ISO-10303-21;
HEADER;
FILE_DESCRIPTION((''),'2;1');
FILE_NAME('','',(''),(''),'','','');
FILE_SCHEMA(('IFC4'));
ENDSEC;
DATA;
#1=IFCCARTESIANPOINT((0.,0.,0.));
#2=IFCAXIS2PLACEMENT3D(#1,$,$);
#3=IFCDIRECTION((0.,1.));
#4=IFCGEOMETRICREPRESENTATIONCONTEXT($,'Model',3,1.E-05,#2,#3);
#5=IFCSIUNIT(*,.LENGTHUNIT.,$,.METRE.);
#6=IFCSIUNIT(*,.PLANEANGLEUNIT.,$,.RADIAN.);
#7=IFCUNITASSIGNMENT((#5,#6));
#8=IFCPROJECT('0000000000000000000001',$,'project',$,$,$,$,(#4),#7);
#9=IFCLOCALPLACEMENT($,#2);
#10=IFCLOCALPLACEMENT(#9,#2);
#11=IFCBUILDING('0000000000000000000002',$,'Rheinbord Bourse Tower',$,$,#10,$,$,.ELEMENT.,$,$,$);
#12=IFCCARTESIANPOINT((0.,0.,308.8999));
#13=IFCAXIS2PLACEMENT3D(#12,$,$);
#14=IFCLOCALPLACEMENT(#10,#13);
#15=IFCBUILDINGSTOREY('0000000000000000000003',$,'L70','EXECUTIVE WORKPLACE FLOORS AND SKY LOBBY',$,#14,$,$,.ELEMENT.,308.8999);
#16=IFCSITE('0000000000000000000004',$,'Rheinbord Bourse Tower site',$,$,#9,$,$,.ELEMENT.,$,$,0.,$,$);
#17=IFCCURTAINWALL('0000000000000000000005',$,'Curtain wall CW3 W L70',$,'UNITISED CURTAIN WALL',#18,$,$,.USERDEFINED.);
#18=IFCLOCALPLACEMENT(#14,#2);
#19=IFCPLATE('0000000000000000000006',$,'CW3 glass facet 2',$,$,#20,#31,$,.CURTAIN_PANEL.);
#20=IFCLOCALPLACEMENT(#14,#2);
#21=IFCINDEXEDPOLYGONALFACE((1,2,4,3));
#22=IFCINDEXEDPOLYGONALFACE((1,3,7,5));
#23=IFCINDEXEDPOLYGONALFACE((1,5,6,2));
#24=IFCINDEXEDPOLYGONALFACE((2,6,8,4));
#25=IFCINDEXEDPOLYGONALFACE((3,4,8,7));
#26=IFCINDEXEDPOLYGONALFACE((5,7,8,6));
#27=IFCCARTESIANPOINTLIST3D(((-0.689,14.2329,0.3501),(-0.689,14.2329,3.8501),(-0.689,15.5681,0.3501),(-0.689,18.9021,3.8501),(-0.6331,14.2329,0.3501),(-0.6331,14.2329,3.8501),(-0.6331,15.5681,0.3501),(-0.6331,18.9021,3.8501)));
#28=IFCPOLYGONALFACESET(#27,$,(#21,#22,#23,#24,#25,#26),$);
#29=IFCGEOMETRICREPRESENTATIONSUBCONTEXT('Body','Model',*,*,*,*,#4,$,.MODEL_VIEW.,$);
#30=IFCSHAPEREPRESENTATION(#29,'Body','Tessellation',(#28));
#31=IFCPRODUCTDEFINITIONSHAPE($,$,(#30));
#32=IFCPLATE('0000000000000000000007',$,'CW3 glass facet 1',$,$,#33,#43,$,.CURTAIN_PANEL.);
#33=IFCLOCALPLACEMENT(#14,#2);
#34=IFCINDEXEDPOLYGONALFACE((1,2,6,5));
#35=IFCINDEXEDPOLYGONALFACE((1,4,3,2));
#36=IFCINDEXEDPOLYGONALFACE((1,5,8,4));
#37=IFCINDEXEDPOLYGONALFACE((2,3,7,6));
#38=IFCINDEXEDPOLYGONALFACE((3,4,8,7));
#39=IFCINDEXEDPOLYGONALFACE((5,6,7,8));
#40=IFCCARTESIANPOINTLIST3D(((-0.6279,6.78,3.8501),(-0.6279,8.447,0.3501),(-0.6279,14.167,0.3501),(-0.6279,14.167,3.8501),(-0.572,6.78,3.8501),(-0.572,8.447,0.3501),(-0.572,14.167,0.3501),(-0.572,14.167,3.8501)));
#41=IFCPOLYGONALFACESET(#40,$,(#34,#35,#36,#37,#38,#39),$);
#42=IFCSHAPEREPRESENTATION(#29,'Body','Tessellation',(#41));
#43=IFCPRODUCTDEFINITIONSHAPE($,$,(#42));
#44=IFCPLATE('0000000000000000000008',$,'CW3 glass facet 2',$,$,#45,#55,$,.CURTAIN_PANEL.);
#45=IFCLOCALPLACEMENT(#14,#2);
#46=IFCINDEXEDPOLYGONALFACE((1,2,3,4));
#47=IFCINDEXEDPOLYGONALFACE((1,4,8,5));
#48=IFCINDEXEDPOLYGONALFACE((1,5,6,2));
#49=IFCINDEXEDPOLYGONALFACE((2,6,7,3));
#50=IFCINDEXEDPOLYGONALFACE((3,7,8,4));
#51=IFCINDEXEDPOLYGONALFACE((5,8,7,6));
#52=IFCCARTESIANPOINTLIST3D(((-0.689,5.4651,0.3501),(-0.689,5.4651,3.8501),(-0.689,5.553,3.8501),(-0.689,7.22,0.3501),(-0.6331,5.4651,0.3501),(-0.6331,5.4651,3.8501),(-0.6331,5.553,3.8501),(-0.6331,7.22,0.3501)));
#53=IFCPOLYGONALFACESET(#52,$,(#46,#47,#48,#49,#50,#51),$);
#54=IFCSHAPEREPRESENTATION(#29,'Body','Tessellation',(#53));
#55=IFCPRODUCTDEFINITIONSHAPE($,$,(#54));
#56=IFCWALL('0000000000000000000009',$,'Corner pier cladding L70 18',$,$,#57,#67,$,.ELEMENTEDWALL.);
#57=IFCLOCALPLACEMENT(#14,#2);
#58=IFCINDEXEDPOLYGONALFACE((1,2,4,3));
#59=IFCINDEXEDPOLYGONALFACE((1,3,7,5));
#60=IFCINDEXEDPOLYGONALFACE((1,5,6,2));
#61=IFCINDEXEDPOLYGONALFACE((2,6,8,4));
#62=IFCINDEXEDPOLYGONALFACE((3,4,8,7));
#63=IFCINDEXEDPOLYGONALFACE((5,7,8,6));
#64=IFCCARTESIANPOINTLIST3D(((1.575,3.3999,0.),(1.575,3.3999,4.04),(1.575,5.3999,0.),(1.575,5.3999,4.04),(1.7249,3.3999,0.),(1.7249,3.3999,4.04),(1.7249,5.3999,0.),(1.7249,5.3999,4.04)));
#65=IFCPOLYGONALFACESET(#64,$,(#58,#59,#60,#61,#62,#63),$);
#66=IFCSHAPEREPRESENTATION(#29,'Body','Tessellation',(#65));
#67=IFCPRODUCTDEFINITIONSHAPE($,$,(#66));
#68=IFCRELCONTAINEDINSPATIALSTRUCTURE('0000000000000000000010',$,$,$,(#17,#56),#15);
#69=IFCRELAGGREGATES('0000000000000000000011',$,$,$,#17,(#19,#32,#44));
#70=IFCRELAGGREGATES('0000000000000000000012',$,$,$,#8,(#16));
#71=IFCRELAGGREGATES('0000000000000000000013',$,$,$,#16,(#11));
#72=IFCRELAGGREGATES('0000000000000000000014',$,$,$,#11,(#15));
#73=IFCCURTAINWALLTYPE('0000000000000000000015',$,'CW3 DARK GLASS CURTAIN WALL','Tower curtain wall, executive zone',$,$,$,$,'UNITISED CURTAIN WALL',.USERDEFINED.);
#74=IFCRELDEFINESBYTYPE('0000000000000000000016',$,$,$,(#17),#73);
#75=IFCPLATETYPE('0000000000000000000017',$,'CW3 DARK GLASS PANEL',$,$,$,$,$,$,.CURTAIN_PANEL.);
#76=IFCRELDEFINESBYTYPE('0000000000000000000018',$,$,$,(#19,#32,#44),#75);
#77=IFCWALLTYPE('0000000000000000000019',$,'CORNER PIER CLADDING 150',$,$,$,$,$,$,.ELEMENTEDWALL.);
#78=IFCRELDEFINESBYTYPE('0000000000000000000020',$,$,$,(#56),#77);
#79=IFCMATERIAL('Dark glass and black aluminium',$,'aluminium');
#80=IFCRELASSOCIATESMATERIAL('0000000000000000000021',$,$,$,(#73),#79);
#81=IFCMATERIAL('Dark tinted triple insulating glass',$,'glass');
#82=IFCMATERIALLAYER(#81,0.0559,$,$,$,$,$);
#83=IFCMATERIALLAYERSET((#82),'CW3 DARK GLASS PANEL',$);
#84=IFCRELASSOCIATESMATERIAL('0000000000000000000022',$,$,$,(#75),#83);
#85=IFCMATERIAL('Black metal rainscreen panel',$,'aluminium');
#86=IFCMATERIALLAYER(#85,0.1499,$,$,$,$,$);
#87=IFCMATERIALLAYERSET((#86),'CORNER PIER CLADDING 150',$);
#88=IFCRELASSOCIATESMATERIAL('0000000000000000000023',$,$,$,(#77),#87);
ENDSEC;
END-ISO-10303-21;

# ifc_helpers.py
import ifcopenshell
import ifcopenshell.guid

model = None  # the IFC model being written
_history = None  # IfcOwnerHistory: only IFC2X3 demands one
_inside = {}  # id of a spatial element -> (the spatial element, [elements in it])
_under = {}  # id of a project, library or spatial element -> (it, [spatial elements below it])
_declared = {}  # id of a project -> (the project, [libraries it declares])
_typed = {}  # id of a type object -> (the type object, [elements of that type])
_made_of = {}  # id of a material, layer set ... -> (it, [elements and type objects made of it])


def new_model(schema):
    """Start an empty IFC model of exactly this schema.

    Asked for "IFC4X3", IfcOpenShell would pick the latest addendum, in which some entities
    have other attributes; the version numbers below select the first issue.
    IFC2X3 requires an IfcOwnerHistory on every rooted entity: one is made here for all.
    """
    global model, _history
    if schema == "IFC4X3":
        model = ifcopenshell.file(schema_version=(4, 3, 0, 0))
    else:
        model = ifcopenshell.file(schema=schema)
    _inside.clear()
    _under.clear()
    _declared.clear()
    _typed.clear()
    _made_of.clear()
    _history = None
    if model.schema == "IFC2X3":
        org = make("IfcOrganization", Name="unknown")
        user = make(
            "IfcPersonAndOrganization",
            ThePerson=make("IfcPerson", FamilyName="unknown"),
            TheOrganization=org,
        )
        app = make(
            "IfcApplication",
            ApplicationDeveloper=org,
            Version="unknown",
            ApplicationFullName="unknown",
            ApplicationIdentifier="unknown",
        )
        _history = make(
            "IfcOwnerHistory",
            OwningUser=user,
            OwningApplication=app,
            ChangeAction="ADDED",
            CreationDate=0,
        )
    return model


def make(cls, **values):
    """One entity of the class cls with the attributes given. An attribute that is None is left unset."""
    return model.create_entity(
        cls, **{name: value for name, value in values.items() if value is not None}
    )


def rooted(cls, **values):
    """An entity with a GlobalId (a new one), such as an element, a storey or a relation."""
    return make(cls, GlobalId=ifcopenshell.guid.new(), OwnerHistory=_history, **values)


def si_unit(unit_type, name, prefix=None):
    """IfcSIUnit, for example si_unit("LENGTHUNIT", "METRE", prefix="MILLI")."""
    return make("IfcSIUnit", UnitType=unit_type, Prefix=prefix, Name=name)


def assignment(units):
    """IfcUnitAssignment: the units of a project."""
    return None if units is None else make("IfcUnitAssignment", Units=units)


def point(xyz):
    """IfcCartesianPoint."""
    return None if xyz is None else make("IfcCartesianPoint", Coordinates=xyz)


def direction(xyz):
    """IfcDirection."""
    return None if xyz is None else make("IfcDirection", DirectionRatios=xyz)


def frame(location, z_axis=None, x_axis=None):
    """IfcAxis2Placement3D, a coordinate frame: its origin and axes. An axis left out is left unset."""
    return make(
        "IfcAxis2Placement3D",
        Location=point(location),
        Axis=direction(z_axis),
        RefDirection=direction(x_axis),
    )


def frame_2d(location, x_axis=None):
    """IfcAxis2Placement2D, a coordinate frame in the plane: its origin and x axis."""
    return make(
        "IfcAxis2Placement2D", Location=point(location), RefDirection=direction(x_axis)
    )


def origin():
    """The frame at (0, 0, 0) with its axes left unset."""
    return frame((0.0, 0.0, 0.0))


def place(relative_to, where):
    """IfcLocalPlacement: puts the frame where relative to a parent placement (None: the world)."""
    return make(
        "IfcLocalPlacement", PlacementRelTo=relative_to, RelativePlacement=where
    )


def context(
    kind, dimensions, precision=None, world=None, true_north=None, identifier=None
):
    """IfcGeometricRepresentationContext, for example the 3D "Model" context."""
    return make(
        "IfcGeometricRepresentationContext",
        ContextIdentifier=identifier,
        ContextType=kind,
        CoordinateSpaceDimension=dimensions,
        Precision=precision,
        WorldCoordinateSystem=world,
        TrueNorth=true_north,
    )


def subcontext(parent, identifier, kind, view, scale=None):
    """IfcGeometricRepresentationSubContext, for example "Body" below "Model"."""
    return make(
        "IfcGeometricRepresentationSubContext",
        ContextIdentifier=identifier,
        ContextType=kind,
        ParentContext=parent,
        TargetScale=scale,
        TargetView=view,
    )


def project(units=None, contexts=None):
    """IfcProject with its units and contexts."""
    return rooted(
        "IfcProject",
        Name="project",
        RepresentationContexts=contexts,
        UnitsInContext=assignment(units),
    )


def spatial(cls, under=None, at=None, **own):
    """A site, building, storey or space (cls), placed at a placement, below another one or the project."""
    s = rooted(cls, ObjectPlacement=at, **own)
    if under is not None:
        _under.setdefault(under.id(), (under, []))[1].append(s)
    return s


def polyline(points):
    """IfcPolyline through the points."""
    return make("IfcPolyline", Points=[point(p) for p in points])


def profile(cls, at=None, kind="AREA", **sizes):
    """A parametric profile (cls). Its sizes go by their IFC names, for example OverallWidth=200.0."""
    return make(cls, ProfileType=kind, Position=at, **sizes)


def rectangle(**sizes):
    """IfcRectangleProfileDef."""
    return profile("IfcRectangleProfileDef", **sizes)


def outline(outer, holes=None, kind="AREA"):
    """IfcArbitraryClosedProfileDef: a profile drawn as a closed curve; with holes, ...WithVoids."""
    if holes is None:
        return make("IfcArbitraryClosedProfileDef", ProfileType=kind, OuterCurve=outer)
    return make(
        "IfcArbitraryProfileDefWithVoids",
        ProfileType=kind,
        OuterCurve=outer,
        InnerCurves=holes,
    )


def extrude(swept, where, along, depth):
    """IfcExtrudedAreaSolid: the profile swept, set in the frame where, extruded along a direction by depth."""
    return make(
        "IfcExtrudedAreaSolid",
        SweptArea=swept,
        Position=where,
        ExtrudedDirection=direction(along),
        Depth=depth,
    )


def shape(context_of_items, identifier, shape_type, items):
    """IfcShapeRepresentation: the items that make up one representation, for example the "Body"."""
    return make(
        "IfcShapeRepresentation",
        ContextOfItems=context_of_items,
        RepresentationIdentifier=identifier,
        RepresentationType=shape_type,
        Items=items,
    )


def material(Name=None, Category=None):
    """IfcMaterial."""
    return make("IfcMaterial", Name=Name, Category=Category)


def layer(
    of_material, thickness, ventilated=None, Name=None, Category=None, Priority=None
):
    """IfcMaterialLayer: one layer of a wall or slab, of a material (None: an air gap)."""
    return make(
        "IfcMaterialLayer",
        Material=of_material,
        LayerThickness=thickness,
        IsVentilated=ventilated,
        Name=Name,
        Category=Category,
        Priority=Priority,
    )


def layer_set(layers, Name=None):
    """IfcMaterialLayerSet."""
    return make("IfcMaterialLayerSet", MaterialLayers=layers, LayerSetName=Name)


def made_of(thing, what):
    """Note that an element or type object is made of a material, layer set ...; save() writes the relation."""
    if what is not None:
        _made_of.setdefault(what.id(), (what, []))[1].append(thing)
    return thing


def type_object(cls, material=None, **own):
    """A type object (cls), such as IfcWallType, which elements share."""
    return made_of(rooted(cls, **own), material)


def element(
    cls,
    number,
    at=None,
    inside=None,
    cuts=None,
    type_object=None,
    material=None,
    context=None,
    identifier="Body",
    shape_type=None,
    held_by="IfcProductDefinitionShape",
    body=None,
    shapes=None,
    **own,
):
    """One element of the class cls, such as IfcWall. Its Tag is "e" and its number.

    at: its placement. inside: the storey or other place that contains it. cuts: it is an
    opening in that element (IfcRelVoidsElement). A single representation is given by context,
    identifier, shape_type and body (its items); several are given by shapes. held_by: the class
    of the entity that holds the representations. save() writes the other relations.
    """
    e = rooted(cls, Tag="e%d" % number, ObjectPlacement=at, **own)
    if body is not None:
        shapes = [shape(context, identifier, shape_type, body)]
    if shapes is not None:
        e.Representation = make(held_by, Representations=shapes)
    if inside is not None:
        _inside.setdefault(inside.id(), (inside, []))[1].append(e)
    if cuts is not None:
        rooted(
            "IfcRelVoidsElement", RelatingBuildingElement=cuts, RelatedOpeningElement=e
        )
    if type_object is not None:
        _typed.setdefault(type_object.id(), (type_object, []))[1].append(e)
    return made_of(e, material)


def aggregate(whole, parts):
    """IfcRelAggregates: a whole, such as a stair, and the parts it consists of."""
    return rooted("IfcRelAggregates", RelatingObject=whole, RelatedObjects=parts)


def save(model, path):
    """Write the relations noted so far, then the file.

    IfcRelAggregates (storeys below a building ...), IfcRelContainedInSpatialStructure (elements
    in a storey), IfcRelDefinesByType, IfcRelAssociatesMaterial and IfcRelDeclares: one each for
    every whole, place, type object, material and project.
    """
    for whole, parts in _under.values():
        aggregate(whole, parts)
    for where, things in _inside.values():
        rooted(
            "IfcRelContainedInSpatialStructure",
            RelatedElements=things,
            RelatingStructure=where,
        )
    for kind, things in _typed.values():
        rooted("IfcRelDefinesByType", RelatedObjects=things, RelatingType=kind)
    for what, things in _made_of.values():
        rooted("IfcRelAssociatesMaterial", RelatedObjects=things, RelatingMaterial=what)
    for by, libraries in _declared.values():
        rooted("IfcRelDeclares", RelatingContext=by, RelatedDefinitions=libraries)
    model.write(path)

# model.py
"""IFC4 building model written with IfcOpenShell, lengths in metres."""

from ifc_helpers import new_model, si_unit, direction, frame, frame_2d, origin, place, context, subcontext, project, spatial, polyline, rectangle, outline, extrude, material, layer, layer_set, type_object, element, aggregate, save


model = new_model("IFC4")

# Units and contexts
model_context = context("Model", 3, precision=1e-05, world=origin(), true_north=direction((0.0, 1.0)))
body_context = subcontext(model_context, "Body", "Model", "MODEL_VIEW")
ifc_project = project(units=[si_unit("LENGTHUNIT", "METRE"), si_unit("PLANEANGLEUNIT", "RADIAN")], contexts=[model_context])

# Site, building, storey
site_placement = place(None, origin())
site = spatial("IfcSite", under=ifc_project, at=site_placement, Name="Rheinbord Bourse Tower site", CompositionType="ELEMENT", RefElevation=0.0)
building_placement = place(site_placement, origin())
building = spatial("IfcBuilding", under=site, at=building_placement, Name="Rheinbord Bourse Tower", CompositionType="ELEMENT")
storey_placement = place(building_placement, frame((0.0, 0.0, 308.8999)))
storey = spatial("IfcBuildingStorey", under=building, at=storey_placement, Name="L70", Description="EXECUTIVE WORKPLACE FLOORS AND SKY LOBBY", CompositionType="ELEMENT", Elevation=308.8999)

# Curtain wall
ifc_material_1 = material(Name="Dark glass and black aluminium", Category="aluminium")
curtain_wall_type = type_object("IfcCurtainWallType", Name="CW3 DARK GLASS CURTAIN WALL", Description="Tower curtain wall, executive zone", ElementType="UNITISED CURTAIN WALL", PredefinedType="USERDEFINED", material=ifc_material_1)
curtain_wall_placement = place(storey_placement, origin())
curtain_wall = element("IfcCurtainWall", 1, at=curtain_wall_placement, inside=storey, type_object=curtain_wall_type, Name="Curtain wall CW3 W L70", ObjectType="UNITISED CURTAIN WALL", PredefinedType="USERDEFINED")

# Plates
ifc_material_2 = material(Name="Dark tinted triple insulating glass", Category="glass")
ifc_layer_1 = layer(ifc_material_2, 0.0559)
ifc_layer_set_1 = layer_set([ifc_layer_1], Name="CW3 DARK GLASS PANEL")
plate_type = type_object("IfcPlateType", Name="CW3 DARK GLASS PANEL", PredefinedType="CURTAIN_PANEL", material=ifc_layer_set_1)
plate_1_placement = place(storey_placement, frame((-0.689, 14.2329, 3.8501), z_axis=(1.0, 0.0, 0.0), x_axis=(0.0, 0.0, -1.0)))
plate_1 = element("IfcPlate", 2, at=plate_1_placement, type_object=plate_type, Name="CW3 glass facet 2", PredefinedType="CURTAIN_PANEL", context=body_context, shape_type="SweptSolid", body=[
    extrude(outline(polyline([(0.0, 0.0), (3.5, 0.0), (3.5, 1.3352), (0.0, 4.6692), (0.0, 0.0)])), origin(), (0.0, 0.0, 1.0), 0.0559),
])
plate_2_placement = place(storey_placement, frame((-0.6279, 14.167, 0.3501), z_axis=(1.0, 0.0, 0.0), x_axis=(0.0, 0.0, 1.0)))
plate_2 = element("IfcPlate", 3, at=plate_2_placement, type_object=plate_type, Name="CW3 glass facet 1", PredefinedType="CURTAIN_PANEL", context=body_context, shape_type="SweptSolid", body=[
    extrude(outline(polyline([(0.0, 0.0), (3.5, 0.0), (3.5, 7.387), (0.0, 5.72), (0.0, 0.0)])), origin(), (0.0, 0.0, 1.0), 0.0559),
])
plate_3_placement = place(storey_placement, frame((-0.689, 5.4651, 3.8501), z_axis=(1.0, 0.0, 0.0), x_axis=(0.0, 0.0, -1.0)))
plate_3 = element("IfcPlate", 4, at=plate_3_placement, type_object=plate_type, Name="CW3 glass facet 2", PredefinedType="CURTAIN_PANEL", context=body_context, shape_type="SweptSolid", body=[
    extrude(outline(polyline([(0.0, 0.0), (3.5, 0.0), (3.5, 1.7549), (0.0, 0.0879), (0.0, 0.0)])), origin(), (0.0, 0.0, 1.0), 0.0559),
])
aggregate(curtain_wall, [plate_1, plate_2, plate_3])

# Wall
ifc_material_3 = material(Name="Black metal rainscreen panel", Category="aluminium")
ifc_layer_2 = layer(ifc_material_3, 0.1499)
ifc_layer_set_2 = layer_set([ifc_layer_2], Name="CORNER PIER CLADDING 150")
wall_type = type_object("IfcWallType", Name="CORNER PIER CLADDING 150", PredefinedType="ELEMENTEDWALL", material=ifc_layer_set_2)
wall_placement = place(storey_placement, frame((1.6499, 5.3999, 0.0), z_axis=(0.0, 0.0, 1.0), x_axis=(0.0, -1.0, 0.0)))
element("IfcWall", 5, at=wall_placement, inside=storey, type_object=wall_type, Name="Corner pier cladding L70 18", PredefinedType="ELEMENTEDWALL", context=body_context, shape_type="SweptSolid", body=[
    extrude(rectangle(XDim=2.0, YDim=0.1499, at=frame_2d((1.0, 0.0))), origin(), (0.0, 0.0, 1.0), 4.04),
])

save(model, "model.ifc")
